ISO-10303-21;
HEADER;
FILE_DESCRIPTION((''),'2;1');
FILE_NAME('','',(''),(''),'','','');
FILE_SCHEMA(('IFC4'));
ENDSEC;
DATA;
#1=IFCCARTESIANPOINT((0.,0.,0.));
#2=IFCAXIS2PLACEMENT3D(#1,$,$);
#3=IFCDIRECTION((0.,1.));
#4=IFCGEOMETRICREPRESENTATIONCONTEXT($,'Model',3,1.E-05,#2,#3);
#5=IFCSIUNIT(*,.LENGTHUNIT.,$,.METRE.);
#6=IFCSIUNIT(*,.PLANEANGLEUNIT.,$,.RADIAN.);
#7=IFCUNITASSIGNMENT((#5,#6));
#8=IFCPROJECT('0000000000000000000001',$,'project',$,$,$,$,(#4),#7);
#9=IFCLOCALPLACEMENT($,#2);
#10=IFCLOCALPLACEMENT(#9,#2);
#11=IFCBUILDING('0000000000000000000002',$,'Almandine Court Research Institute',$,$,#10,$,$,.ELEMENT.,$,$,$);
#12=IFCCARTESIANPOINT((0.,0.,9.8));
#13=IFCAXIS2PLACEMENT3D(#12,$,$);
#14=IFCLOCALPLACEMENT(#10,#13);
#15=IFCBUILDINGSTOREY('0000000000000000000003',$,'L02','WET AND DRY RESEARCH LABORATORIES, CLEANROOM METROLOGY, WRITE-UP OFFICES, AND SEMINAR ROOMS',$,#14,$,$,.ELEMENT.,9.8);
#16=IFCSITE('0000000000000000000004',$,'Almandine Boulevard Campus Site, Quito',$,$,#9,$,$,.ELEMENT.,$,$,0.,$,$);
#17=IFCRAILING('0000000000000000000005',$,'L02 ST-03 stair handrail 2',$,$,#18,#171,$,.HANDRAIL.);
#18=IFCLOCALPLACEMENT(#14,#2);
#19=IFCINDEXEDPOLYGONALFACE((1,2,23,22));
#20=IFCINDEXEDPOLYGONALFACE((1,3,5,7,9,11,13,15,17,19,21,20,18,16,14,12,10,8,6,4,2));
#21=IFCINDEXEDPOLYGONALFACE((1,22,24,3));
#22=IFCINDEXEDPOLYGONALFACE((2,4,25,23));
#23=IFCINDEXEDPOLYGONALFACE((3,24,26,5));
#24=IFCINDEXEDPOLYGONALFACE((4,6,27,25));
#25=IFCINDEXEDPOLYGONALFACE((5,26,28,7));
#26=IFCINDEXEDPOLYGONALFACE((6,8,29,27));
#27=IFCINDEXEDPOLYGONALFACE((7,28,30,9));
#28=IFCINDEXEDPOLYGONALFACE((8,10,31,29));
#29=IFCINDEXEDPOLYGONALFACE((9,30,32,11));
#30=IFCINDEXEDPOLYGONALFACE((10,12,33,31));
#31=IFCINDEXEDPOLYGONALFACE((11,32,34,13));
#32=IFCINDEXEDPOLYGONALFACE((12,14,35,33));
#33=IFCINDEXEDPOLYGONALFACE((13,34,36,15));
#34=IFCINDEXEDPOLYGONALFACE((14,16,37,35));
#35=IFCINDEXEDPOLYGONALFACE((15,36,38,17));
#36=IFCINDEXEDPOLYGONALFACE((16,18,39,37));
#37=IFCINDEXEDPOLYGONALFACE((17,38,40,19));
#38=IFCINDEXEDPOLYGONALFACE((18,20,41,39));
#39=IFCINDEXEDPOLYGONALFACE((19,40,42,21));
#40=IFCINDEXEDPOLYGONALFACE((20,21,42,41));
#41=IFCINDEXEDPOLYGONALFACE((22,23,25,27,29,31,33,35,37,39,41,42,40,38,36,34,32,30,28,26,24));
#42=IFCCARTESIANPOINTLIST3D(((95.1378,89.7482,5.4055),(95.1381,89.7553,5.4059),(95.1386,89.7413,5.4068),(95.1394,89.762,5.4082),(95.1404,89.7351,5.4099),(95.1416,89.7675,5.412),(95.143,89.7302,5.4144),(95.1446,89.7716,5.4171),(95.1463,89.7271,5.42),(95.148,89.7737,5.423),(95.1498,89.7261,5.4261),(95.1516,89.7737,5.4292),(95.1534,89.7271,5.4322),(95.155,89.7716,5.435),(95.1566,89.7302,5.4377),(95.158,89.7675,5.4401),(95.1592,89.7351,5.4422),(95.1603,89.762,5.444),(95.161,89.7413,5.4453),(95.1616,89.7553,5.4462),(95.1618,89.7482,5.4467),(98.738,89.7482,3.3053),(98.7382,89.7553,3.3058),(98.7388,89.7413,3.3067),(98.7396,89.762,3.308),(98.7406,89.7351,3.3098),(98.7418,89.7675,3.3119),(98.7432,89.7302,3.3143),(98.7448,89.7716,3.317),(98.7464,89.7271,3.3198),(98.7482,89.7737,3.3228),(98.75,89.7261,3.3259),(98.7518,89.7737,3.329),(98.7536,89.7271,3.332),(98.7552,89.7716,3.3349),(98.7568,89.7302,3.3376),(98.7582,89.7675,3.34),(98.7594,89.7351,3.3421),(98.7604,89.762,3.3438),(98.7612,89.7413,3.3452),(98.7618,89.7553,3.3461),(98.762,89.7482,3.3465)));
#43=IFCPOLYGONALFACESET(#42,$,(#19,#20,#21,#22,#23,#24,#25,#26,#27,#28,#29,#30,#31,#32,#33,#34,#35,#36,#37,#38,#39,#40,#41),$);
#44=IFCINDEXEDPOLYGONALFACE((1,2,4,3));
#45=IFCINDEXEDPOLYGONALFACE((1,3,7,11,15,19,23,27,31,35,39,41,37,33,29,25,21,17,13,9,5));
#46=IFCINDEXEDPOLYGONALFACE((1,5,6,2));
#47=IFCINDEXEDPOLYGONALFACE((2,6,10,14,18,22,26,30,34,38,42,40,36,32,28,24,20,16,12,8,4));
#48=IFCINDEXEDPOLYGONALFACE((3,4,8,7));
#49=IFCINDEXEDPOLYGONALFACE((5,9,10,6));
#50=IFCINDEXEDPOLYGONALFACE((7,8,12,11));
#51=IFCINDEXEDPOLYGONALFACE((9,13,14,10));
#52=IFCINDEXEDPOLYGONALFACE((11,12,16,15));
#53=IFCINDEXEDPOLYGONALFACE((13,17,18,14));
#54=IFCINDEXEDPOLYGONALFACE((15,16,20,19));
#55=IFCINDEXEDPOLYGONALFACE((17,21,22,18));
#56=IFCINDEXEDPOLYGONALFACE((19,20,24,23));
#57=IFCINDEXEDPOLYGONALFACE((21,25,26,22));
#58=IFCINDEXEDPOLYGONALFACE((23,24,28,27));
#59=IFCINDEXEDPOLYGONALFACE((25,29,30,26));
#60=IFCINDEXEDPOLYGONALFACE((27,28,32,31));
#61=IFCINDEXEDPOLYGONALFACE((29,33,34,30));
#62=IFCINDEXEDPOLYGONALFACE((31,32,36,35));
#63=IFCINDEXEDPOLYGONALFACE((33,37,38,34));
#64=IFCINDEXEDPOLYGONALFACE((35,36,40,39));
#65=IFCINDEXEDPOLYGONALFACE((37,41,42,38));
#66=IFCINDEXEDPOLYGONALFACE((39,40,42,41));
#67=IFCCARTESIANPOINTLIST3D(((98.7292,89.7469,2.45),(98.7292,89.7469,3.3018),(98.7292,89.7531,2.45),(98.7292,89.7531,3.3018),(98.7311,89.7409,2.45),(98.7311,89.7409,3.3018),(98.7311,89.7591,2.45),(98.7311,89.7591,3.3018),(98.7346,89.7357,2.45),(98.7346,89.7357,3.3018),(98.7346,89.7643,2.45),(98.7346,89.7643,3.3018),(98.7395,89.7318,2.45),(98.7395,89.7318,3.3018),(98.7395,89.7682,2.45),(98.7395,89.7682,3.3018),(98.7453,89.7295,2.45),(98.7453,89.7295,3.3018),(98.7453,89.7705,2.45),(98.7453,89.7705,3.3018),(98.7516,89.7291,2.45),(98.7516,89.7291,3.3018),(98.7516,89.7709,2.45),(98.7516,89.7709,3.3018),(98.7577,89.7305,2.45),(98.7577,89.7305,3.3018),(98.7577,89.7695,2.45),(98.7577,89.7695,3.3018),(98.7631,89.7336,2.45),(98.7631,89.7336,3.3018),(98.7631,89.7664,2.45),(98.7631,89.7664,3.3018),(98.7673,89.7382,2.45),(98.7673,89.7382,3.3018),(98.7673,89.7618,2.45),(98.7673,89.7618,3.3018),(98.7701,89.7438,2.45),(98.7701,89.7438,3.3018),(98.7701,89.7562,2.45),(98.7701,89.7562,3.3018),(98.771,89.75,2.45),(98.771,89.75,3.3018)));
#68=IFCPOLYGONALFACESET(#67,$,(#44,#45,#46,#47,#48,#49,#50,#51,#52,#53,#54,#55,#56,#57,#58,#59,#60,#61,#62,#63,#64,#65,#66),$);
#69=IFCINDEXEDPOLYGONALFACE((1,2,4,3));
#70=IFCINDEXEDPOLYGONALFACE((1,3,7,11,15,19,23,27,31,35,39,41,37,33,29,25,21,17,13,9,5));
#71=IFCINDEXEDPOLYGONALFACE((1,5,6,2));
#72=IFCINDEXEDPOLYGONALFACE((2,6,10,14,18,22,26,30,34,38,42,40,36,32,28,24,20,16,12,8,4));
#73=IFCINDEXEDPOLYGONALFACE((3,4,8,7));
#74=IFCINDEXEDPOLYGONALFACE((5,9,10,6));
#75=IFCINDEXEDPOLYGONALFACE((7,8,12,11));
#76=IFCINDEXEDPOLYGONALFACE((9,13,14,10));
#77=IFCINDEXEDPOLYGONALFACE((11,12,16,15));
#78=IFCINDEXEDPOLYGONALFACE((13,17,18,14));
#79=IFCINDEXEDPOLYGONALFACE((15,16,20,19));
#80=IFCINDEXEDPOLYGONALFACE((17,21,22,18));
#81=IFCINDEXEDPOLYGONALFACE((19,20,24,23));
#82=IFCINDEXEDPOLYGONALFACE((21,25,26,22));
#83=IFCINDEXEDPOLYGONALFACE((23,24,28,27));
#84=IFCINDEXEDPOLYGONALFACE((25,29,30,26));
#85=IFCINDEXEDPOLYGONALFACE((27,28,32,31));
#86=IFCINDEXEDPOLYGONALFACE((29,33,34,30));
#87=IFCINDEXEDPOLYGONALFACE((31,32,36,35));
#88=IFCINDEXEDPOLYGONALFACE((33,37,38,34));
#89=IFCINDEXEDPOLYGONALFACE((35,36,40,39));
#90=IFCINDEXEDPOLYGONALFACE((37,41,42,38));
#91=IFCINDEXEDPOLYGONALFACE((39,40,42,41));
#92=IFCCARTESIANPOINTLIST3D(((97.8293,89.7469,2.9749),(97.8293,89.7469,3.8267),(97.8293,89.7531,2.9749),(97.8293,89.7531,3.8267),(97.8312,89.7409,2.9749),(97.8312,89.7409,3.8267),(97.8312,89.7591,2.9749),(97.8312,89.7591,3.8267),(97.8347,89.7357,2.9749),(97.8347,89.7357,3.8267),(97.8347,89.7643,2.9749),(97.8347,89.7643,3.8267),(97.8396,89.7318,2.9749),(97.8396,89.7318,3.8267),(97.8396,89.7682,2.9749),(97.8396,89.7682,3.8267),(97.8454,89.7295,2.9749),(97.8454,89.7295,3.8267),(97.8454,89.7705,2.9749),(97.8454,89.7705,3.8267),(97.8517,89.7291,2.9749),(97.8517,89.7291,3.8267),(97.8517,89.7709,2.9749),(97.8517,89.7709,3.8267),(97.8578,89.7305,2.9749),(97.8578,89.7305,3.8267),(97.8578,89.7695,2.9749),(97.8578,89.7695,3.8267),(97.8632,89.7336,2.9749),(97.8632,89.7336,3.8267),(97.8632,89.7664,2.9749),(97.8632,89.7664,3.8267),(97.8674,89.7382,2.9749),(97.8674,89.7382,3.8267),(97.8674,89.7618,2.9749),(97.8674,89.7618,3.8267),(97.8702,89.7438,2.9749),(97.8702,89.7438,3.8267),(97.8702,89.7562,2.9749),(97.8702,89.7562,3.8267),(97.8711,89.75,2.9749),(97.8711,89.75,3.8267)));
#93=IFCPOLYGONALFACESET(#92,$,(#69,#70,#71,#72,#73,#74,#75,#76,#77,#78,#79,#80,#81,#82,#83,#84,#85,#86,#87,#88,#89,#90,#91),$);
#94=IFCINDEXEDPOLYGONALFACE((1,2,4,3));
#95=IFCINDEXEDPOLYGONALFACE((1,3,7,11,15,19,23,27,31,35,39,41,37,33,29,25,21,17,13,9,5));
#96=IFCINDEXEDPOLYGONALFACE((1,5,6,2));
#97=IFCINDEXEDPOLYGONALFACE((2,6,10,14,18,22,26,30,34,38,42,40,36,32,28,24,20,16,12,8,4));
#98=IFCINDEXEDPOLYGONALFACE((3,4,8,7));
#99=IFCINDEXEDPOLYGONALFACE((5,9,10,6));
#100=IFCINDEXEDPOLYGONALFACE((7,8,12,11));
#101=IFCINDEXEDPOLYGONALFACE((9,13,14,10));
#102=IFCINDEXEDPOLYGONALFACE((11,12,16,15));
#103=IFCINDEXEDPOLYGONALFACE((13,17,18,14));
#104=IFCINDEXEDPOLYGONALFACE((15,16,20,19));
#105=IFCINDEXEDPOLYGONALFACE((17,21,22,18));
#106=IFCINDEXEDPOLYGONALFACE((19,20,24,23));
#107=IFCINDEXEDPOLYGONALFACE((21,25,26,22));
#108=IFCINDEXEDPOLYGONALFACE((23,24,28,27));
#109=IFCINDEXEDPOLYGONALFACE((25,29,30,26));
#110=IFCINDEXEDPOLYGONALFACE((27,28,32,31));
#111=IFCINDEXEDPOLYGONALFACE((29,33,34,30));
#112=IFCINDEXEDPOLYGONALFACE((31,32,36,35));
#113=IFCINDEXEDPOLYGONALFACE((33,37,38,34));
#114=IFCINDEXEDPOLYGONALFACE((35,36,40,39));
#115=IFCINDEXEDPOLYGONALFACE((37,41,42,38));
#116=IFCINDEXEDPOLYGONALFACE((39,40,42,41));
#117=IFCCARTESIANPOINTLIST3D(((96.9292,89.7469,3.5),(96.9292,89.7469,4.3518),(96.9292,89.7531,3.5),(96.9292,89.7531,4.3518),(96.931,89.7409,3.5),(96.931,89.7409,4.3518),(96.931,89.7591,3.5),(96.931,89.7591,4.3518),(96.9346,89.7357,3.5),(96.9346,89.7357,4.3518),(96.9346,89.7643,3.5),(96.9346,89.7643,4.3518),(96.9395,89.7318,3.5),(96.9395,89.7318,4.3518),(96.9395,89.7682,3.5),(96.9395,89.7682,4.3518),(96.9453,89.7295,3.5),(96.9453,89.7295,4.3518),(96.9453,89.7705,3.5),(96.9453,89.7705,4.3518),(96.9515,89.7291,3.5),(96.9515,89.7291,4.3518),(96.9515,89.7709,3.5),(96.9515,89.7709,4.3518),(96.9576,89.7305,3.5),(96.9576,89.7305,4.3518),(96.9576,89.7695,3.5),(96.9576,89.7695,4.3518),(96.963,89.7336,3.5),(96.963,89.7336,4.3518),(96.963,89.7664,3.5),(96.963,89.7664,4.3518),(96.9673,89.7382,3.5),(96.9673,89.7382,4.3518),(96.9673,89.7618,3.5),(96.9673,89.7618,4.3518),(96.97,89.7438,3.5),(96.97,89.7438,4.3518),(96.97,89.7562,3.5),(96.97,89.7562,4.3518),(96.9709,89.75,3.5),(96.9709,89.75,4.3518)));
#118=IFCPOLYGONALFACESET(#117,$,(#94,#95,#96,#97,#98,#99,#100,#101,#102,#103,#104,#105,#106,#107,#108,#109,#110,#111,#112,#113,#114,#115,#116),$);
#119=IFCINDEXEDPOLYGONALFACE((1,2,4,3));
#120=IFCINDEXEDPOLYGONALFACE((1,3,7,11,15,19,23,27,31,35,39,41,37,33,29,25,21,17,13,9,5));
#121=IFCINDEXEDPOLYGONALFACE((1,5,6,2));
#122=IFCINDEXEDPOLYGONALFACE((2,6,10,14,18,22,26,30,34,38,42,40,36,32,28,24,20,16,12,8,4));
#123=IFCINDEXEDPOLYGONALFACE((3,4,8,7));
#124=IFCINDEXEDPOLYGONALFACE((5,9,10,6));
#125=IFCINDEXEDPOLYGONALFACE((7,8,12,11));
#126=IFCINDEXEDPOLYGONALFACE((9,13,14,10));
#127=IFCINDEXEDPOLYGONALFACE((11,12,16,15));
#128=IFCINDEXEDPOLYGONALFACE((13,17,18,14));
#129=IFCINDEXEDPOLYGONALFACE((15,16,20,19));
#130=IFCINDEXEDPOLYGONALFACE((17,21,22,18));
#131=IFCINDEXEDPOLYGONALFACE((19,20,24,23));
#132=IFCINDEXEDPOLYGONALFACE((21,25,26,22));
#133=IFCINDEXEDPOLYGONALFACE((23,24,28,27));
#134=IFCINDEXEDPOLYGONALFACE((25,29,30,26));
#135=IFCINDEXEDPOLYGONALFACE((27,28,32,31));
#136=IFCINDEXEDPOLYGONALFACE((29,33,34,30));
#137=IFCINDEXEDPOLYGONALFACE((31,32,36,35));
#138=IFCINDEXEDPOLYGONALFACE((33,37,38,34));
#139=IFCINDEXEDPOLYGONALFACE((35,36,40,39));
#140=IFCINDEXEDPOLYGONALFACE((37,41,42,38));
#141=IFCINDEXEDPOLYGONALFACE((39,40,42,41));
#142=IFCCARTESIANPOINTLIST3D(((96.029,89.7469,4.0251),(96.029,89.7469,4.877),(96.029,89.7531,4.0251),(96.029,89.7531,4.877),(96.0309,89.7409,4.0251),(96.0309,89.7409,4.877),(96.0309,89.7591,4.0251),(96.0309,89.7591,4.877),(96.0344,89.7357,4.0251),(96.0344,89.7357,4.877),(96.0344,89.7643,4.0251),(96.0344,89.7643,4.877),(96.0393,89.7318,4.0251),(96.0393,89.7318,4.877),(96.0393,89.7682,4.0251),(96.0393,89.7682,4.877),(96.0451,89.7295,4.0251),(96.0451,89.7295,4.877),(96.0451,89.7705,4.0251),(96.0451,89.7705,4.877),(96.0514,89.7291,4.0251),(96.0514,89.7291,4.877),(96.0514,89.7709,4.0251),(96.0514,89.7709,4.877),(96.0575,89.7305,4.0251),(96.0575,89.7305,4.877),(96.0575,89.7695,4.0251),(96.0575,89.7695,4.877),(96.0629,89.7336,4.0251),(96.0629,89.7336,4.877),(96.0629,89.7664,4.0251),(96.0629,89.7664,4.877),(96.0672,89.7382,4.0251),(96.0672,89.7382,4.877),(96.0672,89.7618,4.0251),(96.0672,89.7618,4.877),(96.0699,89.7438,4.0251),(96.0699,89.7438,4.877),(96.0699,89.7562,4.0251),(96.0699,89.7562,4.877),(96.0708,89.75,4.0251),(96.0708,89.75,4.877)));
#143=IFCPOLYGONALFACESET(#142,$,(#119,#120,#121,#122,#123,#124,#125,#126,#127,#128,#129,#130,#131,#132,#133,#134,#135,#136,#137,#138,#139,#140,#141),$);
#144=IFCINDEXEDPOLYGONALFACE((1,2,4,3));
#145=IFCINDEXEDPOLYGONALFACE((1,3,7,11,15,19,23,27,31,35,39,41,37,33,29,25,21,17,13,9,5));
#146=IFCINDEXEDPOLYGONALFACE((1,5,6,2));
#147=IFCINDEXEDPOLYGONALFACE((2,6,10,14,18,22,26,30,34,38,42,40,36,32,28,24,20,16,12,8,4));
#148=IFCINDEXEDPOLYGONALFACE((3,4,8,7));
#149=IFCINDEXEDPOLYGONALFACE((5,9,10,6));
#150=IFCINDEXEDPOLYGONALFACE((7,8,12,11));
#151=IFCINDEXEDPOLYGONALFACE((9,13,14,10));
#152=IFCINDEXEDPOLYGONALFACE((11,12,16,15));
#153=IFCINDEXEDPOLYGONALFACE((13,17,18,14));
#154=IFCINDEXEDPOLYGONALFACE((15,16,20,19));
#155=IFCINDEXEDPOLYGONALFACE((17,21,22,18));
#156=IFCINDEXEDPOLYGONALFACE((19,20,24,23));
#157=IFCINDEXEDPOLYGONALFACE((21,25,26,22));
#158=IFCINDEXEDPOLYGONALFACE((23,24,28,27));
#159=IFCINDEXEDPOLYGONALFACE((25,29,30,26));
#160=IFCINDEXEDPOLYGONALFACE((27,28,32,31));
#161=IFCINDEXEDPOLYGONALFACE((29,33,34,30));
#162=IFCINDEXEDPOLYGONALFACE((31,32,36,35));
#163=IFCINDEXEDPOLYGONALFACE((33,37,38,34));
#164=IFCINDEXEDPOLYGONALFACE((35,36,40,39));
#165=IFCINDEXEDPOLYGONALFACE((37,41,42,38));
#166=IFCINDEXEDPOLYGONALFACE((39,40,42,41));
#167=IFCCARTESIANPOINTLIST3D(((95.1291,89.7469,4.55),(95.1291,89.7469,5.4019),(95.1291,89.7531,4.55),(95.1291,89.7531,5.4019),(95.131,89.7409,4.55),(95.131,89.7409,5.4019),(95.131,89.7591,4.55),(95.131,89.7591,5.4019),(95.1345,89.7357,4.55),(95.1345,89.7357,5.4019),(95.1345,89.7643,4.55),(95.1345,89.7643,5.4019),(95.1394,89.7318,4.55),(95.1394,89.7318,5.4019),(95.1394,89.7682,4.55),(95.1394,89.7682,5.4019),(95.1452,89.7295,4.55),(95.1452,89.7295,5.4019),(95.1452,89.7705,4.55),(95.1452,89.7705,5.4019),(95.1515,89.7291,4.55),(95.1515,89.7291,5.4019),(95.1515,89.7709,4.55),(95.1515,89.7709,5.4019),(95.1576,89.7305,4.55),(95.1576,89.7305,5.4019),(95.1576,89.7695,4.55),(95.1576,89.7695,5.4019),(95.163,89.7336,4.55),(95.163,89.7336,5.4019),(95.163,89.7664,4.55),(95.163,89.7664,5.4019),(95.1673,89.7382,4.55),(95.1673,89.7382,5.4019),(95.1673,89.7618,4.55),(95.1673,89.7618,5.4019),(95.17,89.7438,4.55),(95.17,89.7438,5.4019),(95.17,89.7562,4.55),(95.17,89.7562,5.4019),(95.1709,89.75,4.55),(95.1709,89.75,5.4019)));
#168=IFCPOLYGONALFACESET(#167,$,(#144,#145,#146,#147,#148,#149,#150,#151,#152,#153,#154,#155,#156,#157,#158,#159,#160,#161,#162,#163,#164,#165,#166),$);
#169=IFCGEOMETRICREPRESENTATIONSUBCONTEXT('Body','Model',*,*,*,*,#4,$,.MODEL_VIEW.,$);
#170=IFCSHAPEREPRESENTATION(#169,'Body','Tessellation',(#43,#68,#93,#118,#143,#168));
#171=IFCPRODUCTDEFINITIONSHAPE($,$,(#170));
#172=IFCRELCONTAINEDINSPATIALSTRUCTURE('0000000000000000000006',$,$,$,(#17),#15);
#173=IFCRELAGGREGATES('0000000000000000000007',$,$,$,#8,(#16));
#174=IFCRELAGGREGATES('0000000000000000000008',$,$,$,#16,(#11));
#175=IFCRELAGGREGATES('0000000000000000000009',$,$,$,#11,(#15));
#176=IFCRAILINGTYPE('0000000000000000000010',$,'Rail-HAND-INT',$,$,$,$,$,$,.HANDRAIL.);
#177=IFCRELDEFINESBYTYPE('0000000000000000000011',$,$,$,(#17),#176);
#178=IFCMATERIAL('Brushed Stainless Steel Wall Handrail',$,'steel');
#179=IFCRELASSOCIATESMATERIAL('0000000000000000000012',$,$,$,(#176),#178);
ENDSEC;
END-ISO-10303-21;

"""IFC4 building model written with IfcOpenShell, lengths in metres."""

from ifc_helpers import new_model, si_unit, direction, frame, origin, origin_2d, place, context, subcontext, project, spatial, circle, extrude, material, type_object, element, save


model = new_model("IFC4")

# Units and contexts
model_context = context("Model", 3, precision=1e-05, world=origin(), true_north=direction((0.0, 1.0)))
body_context = subcontext(model_context, "Body", "Model", "MODEL_VIEW")
ifc_project = project(units=[si_unit("LENGTHUNIT", "METRE"), si_unit("PLANEANGLEUNIT", "RADIAN")], contexts=[model_context])

# Site, building, storey
site_placement = place(None, origin())
site = spatial("IfcSite", under=ifc_project, at=site_placement, Name="Almandine Boulevard Campus Site, Quito", CompositionType="ELEMENT", RefElevation=0.0)
building_placement = place(site_placement, origin())
building = spatial("IfcBuilding", under=site, at=building_placement, Name="Almandine Court Research Institute", CompositionType="ELEMENT")
storey_placement = place(building_placement, frame((0.0, 0.0, 9.8)))
storey = spatial("IfcBuildingStorey", under=building, at=storey_placement, Name="L02", Description="WET AND DRY RESEARCH LABORATORIES, CLEANROOM METROLOGY, WRITE-UP OFFICES, AND SEMINAR ROOMS", CompositionType="ELEMENT", Elevation=9.8)

# Railing
ifc_material_1 = material(Name="Brushed Stainless Steel Wall Handrail", Category="steel")
railing_type_1 = type_object("IfcRailingType", Name="Rail-HAND-INT", PredefinedType="HANDRAIL", material=ifc_material_1)
railing_1_placement = place(storey_placement, frame((98.75, 89.75, 2.45)))
element("IfcRailing", 1, at=railing_1_placement, inside=storey, type_object=railing_type_1, Name="L02 ST-03 stair handrail 2", PredefinedType="HANDRAIL", context=body_context, shape_type="SweptSolid", body=[
    extrude(circle(Radius=0.0239, at=origin_2d()), frame((0.0, 0.0, 0.876), z_axis=(-0.863775, 0.0, 0.503878), x_axis=(0.0, -1.0, 0.0)), (0.0, 0.0, 1.0), 4.168),
    extrude(circle(Radius=0.021, at=origin_2d()), origin(), (0.0, 0.0, 1.0), 0.8518),
    extrude(circle(Radius=0.021, at=origin_2d()), frame((-0.8999, 0.0, 0.5249)), (0.0, 0.0, 1.0), 0.8518),
    extrude(circle(Radius=0.021, at=origin_2d()), frame((-1.8, 0.0, 1.05)), (0.0, 0.0, 1.0), 0.8518),
    extrude(circle(Radius=0.021, at=origin_2d()), frame((-2.7002, 0.0, 1.5752)), (0.0, 0.0, 1.0), 0.8518),
    extrude(circle(Radius=0.021, at=origin_2d()), frame((-3.6001, 0.0, 2.1001)), (0.0, 0.0, 1.0), 0.8518),
])

save(model, "model.ifc")
